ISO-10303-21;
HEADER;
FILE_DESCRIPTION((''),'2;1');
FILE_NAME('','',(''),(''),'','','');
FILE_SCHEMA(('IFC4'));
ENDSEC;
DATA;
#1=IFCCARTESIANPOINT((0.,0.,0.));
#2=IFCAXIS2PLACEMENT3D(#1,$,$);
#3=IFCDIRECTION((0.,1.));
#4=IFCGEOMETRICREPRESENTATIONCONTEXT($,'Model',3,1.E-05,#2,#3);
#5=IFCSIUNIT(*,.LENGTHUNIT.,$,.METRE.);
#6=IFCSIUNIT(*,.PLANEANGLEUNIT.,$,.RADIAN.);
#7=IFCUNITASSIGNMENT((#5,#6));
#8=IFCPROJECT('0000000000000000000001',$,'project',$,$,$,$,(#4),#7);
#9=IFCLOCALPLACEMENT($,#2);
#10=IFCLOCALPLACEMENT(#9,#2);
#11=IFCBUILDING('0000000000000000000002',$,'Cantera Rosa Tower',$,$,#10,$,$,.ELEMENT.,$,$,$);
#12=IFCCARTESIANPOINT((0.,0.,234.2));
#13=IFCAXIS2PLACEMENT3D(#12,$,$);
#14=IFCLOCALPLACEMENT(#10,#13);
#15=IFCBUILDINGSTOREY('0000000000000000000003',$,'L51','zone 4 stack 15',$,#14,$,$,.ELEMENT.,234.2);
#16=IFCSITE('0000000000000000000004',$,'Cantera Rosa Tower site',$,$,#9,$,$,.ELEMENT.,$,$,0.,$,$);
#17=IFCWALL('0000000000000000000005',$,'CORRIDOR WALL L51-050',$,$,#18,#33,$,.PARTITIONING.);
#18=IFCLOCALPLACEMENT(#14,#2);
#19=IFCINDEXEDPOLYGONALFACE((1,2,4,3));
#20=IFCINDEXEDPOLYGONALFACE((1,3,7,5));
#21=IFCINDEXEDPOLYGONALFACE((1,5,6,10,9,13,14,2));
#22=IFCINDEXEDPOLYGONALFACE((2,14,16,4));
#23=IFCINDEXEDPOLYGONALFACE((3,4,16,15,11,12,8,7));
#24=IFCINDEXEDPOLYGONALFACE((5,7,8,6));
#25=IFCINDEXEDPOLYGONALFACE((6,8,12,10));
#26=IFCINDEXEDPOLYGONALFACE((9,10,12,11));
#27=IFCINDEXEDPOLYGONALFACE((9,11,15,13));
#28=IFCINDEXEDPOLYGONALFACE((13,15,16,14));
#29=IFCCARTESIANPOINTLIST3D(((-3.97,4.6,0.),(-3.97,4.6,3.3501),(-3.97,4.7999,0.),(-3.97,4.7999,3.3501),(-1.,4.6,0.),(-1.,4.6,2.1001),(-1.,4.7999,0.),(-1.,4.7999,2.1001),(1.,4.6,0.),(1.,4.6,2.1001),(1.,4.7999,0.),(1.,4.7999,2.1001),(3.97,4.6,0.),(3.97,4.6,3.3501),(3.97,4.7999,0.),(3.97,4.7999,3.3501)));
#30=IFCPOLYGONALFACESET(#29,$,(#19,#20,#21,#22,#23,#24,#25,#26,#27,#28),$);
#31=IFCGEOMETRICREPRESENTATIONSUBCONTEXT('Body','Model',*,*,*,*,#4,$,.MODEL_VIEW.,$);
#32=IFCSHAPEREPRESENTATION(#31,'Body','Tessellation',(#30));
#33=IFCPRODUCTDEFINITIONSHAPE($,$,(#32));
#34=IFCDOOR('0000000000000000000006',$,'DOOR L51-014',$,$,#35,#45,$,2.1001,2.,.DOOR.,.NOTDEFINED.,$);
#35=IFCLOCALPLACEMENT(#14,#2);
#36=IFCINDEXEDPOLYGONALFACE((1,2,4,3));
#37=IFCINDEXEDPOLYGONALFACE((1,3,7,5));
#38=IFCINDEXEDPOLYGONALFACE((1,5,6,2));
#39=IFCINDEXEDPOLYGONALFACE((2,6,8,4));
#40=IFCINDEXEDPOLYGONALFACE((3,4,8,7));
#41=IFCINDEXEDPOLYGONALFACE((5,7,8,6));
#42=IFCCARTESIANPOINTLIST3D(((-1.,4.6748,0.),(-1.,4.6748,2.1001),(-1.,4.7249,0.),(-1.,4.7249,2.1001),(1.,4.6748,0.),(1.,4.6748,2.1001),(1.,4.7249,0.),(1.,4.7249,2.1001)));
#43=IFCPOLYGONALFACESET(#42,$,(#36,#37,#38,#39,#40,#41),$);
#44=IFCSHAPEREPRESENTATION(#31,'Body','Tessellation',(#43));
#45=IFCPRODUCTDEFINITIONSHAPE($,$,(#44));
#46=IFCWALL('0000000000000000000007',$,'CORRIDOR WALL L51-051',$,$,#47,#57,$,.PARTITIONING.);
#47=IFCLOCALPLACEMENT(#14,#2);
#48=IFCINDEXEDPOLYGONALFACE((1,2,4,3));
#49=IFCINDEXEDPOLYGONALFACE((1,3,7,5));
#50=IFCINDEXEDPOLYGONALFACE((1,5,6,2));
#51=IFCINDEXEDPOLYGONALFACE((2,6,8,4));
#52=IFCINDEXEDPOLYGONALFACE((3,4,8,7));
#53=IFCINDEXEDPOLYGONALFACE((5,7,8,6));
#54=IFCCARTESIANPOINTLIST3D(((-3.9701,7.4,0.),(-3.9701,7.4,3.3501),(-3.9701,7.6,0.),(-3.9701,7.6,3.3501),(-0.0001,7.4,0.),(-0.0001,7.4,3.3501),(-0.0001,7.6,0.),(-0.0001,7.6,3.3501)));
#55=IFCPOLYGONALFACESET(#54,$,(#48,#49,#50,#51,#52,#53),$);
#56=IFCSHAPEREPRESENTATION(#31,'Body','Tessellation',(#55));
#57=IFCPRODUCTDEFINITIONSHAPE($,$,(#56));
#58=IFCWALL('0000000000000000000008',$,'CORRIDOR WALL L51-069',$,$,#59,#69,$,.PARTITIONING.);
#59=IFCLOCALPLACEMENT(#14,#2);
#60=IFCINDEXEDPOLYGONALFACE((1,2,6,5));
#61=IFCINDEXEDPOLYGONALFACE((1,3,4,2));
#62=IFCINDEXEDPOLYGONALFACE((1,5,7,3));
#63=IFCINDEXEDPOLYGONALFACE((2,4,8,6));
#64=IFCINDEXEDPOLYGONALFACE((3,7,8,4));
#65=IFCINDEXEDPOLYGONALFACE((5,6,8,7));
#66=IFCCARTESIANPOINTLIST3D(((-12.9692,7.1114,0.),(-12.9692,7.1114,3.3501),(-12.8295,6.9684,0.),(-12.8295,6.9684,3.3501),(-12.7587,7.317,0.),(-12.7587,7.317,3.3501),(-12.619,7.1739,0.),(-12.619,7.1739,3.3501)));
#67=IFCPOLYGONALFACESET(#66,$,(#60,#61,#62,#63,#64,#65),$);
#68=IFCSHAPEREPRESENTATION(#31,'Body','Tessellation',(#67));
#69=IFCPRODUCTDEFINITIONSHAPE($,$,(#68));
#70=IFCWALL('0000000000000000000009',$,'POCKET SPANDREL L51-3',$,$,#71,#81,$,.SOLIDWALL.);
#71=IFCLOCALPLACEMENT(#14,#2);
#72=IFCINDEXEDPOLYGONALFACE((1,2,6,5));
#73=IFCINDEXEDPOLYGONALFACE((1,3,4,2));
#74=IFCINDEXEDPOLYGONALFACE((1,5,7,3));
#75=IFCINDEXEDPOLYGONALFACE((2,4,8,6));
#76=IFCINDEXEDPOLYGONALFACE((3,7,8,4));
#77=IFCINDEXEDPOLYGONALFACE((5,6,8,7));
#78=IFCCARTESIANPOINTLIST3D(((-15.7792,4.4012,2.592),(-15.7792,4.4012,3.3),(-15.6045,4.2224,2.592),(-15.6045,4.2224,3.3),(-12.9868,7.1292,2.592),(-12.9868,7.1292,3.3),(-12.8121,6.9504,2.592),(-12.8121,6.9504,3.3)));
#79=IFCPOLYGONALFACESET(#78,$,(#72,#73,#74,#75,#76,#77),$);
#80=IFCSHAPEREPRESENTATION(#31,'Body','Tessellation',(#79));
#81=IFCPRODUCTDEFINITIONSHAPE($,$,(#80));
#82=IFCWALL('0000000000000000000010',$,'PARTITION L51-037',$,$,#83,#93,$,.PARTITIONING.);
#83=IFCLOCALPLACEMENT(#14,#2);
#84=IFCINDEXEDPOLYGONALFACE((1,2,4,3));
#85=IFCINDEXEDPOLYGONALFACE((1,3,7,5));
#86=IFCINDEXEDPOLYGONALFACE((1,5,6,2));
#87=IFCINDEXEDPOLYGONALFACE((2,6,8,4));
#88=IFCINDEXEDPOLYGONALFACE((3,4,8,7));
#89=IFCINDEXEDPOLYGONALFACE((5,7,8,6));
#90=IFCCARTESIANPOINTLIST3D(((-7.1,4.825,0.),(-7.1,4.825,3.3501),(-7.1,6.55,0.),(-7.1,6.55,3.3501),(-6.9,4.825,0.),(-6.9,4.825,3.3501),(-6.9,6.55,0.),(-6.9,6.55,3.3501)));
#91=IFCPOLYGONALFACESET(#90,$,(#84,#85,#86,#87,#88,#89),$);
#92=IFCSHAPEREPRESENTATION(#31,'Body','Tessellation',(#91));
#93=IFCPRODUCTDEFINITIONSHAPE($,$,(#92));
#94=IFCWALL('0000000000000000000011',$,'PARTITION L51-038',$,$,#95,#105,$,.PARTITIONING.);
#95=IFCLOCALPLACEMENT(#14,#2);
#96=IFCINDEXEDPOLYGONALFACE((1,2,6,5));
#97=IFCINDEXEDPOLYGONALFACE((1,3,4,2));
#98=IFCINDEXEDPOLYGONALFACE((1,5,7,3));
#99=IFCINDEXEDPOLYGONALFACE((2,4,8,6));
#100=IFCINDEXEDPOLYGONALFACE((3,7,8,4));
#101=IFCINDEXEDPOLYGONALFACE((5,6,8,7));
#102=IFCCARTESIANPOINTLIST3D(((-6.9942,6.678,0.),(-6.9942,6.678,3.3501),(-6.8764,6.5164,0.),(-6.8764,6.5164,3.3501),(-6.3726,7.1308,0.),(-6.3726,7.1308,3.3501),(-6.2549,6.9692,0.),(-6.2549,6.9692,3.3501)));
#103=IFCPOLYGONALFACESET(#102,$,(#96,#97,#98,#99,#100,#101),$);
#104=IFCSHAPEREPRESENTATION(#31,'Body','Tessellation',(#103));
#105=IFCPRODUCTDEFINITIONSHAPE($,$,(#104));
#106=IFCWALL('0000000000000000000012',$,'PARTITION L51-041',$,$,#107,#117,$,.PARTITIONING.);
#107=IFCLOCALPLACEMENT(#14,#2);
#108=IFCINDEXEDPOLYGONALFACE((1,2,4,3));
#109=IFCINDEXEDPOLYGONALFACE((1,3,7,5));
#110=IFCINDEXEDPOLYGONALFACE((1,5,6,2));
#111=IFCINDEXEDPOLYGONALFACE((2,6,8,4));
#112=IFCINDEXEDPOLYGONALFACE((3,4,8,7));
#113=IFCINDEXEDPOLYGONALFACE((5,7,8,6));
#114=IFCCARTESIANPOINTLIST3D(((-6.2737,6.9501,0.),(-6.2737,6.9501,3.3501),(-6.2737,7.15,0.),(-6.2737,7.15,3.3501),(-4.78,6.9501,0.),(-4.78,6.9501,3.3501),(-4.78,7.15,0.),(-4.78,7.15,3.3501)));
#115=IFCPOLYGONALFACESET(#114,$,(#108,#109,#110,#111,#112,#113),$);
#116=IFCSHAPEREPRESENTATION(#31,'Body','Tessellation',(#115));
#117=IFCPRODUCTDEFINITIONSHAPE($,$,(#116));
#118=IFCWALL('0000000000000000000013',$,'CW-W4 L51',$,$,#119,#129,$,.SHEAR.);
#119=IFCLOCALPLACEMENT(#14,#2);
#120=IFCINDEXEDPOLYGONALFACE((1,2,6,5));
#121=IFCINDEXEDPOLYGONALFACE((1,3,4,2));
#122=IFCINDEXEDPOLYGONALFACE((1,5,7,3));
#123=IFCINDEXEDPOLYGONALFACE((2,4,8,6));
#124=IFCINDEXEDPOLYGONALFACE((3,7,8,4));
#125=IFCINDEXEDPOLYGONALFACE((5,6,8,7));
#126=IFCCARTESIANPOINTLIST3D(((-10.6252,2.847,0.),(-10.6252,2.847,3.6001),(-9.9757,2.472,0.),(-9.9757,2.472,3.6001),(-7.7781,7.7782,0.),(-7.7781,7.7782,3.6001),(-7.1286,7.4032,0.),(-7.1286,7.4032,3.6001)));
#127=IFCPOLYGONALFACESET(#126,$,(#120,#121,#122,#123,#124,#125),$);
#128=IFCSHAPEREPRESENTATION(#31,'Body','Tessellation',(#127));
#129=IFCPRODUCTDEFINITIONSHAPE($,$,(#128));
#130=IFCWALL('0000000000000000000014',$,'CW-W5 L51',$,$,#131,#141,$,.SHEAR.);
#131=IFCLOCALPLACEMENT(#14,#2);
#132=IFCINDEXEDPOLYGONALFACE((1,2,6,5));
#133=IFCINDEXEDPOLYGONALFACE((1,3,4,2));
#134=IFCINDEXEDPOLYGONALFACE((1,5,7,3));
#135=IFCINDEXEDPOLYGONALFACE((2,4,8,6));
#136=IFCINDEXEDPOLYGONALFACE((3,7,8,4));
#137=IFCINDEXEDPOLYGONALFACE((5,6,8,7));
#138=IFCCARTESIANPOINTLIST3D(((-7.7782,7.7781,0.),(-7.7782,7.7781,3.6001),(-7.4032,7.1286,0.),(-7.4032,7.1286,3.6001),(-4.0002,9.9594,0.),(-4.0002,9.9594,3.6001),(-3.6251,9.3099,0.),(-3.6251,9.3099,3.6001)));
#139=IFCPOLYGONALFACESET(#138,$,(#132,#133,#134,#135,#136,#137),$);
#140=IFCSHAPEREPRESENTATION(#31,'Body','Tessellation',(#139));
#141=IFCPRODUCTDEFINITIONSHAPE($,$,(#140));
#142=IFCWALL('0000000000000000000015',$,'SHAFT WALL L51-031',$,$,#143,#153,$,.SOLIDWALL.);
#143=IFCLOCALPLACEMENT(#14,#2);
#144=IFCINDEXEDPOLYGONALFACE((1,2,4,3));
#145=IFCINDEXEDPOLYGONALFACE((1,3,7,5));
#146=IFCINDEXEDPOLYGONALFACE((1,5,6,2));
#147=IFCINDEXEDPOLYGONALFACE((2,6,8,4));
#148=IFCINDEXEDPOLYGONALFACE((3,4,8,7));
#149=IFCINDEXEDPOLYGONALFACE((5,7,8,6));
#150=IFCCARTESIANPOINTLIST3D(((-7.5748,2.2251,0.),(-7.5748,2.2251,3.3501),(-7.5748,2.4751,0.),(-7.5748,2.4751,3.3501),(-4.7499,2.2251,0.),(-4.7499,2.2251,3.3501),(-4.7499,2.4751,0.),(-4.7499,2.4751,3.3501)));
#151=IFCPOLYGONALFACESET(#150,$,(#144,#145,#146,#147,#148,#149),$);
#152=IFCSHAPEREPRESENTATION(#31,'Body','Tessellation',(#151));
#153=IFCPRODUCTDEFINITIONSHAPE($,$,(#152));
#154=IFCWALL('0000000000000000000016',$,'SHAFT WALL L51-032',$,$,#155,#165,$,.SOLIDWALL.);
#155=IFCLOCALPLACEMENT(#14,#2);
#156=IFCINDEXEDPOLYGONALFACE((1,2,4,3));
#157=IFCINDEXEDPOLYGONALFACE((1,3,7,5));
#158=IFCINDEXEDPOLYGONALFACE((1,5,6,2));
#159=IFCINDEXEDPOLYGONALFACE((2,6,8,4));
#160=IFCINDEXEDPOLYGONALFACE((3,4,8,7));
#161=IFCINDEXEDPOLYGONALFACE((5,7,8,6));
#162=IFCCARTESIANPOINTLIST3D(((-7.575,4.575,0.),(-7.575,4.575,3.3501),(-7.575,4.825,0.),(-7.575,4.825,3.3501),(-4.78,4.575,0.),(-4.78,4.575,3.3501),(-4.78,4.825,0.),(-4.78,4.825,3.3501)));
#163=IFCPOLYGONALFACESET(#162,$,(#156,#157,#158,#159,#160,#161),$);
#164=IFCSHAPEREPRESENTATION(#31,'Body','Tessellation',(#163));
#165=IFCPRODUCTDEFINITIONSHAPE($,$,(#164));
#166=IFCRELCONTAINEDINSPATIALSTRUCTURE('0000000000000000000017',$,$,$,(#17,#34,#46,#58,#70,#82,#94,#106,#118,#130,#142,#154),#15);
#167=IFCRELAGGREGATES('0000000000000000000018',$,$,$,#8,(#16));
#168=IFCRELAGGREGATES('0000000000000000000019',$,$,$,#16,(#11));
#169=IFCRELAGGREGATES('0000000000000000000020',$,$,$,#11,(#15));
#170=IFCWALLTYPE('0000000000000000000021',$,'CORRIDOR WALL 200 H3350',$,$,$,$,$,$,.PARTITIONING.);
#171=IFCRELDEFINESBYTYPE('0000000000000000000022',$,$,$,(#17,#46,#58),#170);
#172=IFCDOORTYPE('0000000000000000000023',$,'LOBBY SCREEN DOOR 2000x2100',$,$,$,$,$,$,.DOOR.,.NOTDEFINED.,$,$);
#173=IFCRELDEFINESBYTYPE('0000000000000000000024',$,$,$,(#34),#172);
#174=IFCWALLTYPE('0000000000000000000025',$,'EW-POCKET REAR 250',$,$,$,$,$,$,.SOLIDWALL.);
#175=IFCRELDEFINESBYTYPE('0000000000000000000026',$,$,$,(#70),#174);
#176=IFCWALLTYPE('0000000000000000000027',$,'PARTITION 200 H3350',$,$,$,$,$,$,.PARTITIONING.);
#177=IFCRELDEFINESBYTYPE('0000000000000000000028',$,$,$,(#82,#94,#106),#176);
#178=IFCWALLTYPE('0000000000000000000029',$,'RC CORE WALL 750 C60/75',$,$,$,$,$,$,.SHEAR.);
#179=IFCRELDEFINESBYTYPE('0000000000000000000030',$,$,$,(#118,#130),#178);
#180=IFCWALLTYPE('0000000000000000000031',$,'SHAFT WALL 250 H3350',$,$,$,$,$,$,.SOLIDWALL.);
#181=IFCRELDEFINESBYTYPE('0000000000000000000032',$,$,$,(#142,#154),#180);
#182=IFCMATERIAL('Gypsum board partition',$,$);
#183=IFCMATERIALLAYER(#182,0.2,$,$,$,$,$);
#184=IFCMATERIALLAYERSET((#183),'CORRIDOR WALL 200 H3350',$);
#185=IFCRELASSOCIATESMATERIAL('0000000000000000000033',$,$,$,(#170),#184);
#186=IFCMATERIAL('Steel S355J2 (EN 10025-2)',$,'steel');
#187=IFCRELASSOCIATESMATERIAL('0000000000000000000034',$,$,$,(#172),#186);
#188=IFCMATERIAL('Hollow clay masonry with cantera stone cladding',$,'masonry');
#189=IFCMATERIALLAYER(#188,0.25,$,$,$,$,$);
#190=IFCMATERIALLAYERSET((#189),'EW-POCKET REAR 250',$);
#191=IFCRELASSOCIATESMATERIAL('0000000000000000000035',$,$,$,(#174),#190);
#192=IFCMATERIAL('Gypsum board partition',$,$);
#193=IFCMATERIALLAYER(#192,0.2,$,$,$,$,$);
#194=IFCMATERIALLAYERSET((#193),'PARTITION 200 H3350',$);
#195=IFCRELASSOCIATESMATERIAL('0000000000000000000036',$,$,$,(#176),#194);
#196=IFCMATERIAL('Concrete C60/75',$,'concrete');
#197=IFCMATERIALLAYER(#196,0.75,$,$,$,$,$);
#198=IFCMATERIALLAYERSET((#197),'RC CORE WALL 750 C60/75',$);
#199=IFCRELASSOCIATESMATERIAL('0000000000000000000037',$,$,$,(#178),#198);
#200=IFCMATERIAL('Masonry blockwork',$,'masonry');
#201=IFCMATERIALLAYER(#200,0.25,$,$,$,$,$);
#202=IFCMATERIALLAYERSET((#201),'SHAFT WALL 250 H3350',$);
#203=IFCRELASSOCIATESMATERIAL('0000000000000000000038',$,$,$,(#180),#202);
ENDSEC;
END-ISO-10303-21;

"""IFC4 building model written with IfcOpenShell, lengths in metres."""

from ifc_helpers import new_model, si_unit, direction, frame, frame_2d, origin, place, context, subcontext, project, spatial, rectangle, extrude, material, layer, layer_set, type_object, element, fill, save


model = new_model("IFC4")

# Units and contexts
model_context = context("Model", 3, precision=1e-05, world=origin(), true_north=direction((0.0, 1.0)))
body_context = subcontext(model_context, "Body", "Model", "MODEL_VIEW")
ifc_project = project(units=[si_unit("LENGTHUNIT", "METRE"), si_unit("PLANEANGLEUNIT", "RADIAN")], contexts=[model_context])

# Site, building, storey
site_placement = place(None, origin())
site = spatial("IfcSite", under=ifc_project, at=site_placement, Name="Cantera Rosa Tower site", CompositionType="ELEMENT", RefElevation=0.0)
building_placement = place(site_placement, origin())
building = spatial("IfcBuilding", under=site, at=building_placement, Name="Cantera Rosa Tower", CompositionType="ELEMENT")
storey_placement = place(building_placement, frame((0.0, 0.0, 234.2)))
storey = spatial("IfcBuildingStorey", under=building, at=storey_placement, Name="L51", Description="zone 4 stack 15", CompositionType="ELEMENT", Elevation=234.2)

# Wall, opening, door
ifc_material_1 = material(Name="Gypsum board partition")
ifc_layer_1 = layer(ifc_material_1, 0.2)
ifc_layer_set_1 = layer_set([ifc_layer_1], Name="CORRIDOR WALL 200 H3350")
wall_type_1 = type_object("IfcWallType", Name="CORRIDOR WALL 200 H3350", PredefinedType="PARTITIONING", material=ifc_layer_set_1)
wall_1_placement = place(storey_placement, frame((-3.97, 4.7, 0.0), z_axis=(0.0, 0.0, 1.0), x_axis=(1.0, 0.0, 0.0)))
wall_1 = element("IfcWall", 1, at=wall_1_placement, inside=storey, type_object=wall_type_1, Name="CORRIDOR WALL L51-050", PredefinedType="PARTITIONING", context=body_context, shape_type="SweptSolid", body=[
    extrude(rectangle(XDim=7.9399, YDim=0.2, at=frame_2d((3.97, 0.0))), origin(), (0.0, 0.0, 1.0), 3.3501),
])
opening_1_placement = place(wall_1_placement, frame((2.97, 0.0, 0.0)))
opening_1 = element("IfcOpeningElement", 2, at=opening_1_placement, cuts=wall_1, PredefinedType="OPENING", context=body_context, shape_type="SweptSolid", body=[
    extrude(rectangle(XDim=2.0, YDim=2.1001, at=frame_2d((1.0, 1.05))), frame((0.0, 0.1099, 0.0), z_axis=(0.0, -1.0, 0.0), x_axis=(1.0, 0.0, 0.0)), (0.0, 0.0, 1.0), 0.22),
])
ifc_material_2 = material(Name="Steel S355J2 (EN 10025-2)", Category="steel")
door_type_1 = type_object("IfcDoorType", Name="LOBBY SCREEN DOOR 2000x2100", OperationType="NOTDEFINED", PredefinedType="DOOR", material=ifc_material_2)
door_1_placement = place(opening_1_placement, origin())
door_1 = element("IfcDoor", 3, at=door_1_placement, inside=storey, type_object=door_type_1, Name="DOOR L51-014", OperationType="NOTDEFINED", OverallHeight=2.1001, OverallWidth=2.0, PredefinedType="DOOR", context=body_context, shape_type="SweptSolid", body=[
    extrude(rectangle(XDim=2.0, YDim=2.1001, at=frame_2d((1.0, 1.05))), frame((0.0, 0.0249, 0.0), z_axis=(0.0, -1.0, 0.0), x_axis=(1.0, 0.0, 0.0)), (0.0, 0.0, 1.0), 0.05),
])
fill(opening_1, door_1)

# Walls
wall_2_placement = place(storey_placement, frame((-3.97, 7.5, 0.0), z_axis=(0.0, 0.0, 1.0), x_axis=(1.0, 0.0, 0.0)))
element("IfcWall", 4, at=wall_2_placement, inside=storey, type_object=wall_type_1, Name="CORRIDOR WALL L51-051", PredefinedType="PARTITIONING", context=body_context, shape_type="SweptSolid", body=[
    extrude(rectangle(XDim=3.97, YDim=0.2, at=frame_2d((1.9849, 0.0))), origin(), (0.0, 0.0, 1.0), 3.3501),
])
wall_3_placement = place(storey_placement, frame((-12.689, 7.2454, 0.0), z_axis=(0.0, 0.0, 1.0), x_axis=(-0.715357, -0.698759, 0.0)))
element("IfcWall", 5, at=wall_3_placement, inside=storey, type_object=wall_type_1, Name="CORRIDOR WALL L51-069", PredefinedType="PARTITIONING", context=body_context, shape_type="SweptSolid", body=[
    extrude(rectangle(XDim=0.2942, YDim=0.2, at=frame_2d((0.147, 0.0))), origin(), (0.0, 0.0, 1.0), 3.3501),
])
ifc_material_3 = material(Name="Hollow clay masonry with cantera stone cladding", Category="masonry")
ifc_layer_2 = layer(ifc_material_3, 0.25)
ifc_layer_set_2 = layer_set([ifc_layer_2], Name="EW-POCKET REAR 250")
wall_type_2 = type_object("IfcWallType", Name="EW-POCKET REAR 250", PredefinedType="SOLIDWALL", material=ifc_layer_set_2)
wall_4_placement = place(storey_placement, frame((-12.8994, 7.0398, 2.592), z_axis=(0.0, 0.0, 1.0), x_axis=(-0.715314, -0.698804, 0.0)))
element("IfcWall", 6, at=wall_4_placement, inside=storey, type_object=wall_type_2, Name="POCKET SPANDREL L51-3", PredefinedType="SOLIDWALL", context=body_context, shape_type="SweptSolid", body=[
    extrude(rectangle(XDim=3.9038, YDim=0.25, at=frame_2d((1.9519, 0.0))), origin(), (0.0, 0.0, 1.0), 0.708),
])
ifc_material_4 = material(Name="Gypsum board partition")
ifc_layer_3 = layer(ifc_material_4, 0.2)
ifc_layer_set_3 = layer_set([ifc_layer_3], Name="PARTITION 200 H3350")
wall_type_3 = type_object("IfcWallType", Name="PARTITION 200 H3350", PredefinedType="PARTITIONING", material=ifc_layer_set_3)
wall_5_placement = place(storey_placement, frame((-7.0, 4.825, 0.0), z_axis=(0.0, 0.0, 1.0), x_axis=(0.0, 1.0, 0.0)))
element("IfcWall", 7, at=wall_5_placement, inside=storey, type_object=wall_type_3, Name="PARTITION L51-037", PredefinedType="PARTITIONING", context=body_context, shape_type="SweptSolid", body=[
    extrude(rectangle(XDim=1.7251, YDim=0.2, at=frame_2d((0.8625, 0.0))), origin(), (0.0, 0.0, 1.0), 3.3501),
])
wall_6_placement = place(storey_placement, frame((-6.9353, 6.5972, 0.0), z_axis=(0.0, 0.0, 1.0), x_axis=(0.808228, 0.58887, 0.0)))
element("IfcWall", 8, at=wall_6_placement, inside=storey, type_object=wall_type_3, Name="PARTITION L51-038", PredefinedType="PARTITIONING", context=body_context, shape_type="SweptSolid", body=[
    extrude(rectangle(XDim=0.769, YDim=0.2, at=frame_2d((0.3845, 0.0))), origin(), (0.0, 0.0, 1.0), 3.3501),
])
wall_7_placement = place(storey_placement, frame((-6.2737, 7.05, 0.0), z_axis=(0.0, 0.0, 1.0), x_axis=(1.0, 0.0, 0.0)))
element("IfcWall", 9, at=wall_7_placement, inside=storey, type_object=wall_type_3, Name="PARTITION L51-041", PredefinedType="PARTITIONING", context=body_context, shape_type="SweptSolid", body=[
    extrude(rectangle(XDim=1.4937, YDim=0.2, at=frame_2d((0.7468, 0.0))), origin(), (0.0, 0.0, 1.0), 3.3501),
])
ifc_material_5 = material(Name="Concrete C60/75", Category="concrete")
ifc_layer_4 = layer(ifc_material_5, 0.75)
ifc_layer_set_4 = layer_set([ifc_layer_4], Name="RC CORE WALL 750 C60/75")
wall_type_4 = type_object("IfcWallType", Name="RC CORE WALL 750 C60/75", PredefinedType="SHEAR", material=ifc_layer_set_4)
wall_8_placement = place(storey_placement, frame((-10.3005, 2.6594, 0.0), z_axis=(0.0, 0.0, 1.0), x_axis=(0.500022, 0.866013, 0.0)))
element("IfcWall", 10, at=wall_8_placement, inside=storey, type_object=wall_type_4, Name="CW-W4 L51", PredefinedType="SHEAR", context=body_context, shape_type="SweptSolid", body=[
    extrude(rectangle(XDim=5.6941, YDim=0.75, at=frame_2d((2.8472, 0.0))), origin(), (0.0, 0.0, 1.0), 3.6001),
])
wall_9_placement = place(storey_placement, frame((-7.5906, 7.4534, 0.0), z_axis=(0.0, 0.0, 1.0), x_axis=(0.866013, 0.500021, 0.0)))
element("IfcWall", 11, at=wall_9_placement, inside=storey, type_object=wall_type_4, Name="CW-W5 L51", PredefinedType="SHEAR", context=body_context, shape_type="SweptSolid", body=[
    extrude(rectangle(XDim=4.3625, YDim=0.75, at=frame_2d((2.1812, 0.0))), origin(), (0.0, 0.0, 1.0), 3.6001),
])
ifc_material_6 = material(Name="Masonry blockwork", Category="masonry")
ifc_layer_5 = layer(ifc_material_6, 0.25)
ifc_layer_set_5 = layer_set([ifc_layer_5], Name="SHAFT WALL 250 H3350")
wall_type_5 = type_object("IfcWallType", Name="SHAFT WALL 250 H3350", PredefinedType="SOLIDWALL", material=ifc_layer_set_5)
wall_10_placement = place(storey_placement, frame((-7.575, 2.3501, 0.0), z_axis=(0.0, 0.0, 1.0), x_axis=(1.0, 0.0, 0.0)))
element("IfcWall", 12, at=wall_10_placement, inside=storey, type_object=wall_type_5, Name="SHAFT WALL L51-031", PredefinedType="SOLIDWALL", context=body_context, shape_type="SweptSolid", body=[
    extrude(rectangle(XDim=2.825, YDim=0.25, at=frame_2d((1.4126, 0.0))), origin(), (0.0, 0.0, 1.0), 3.3501),
])
wall_11_placement = place(storey_placement, frame((-7.575, 4.7, 0.0), z_axis=(0.0, 0.0, 1.0), x_axis=(1.0, 0.0, 0.0)))
element("IfcWall", 13, at=wall_11_placement, inside=storey, type_object=wall_type_5, Name="SHAFT WALL L51-032", PredefinedType="SOLIDWALL", context=body_context, shape_type="SweptSolid", body=[
    extrude(rectangle(XDim=2.7949, YDim=0.25, at=frame_2d((1.3975, 0.0))), origin(), (0.0, 0.0, 1.0), 3.3501),
])

save(model, "model.ifc")
